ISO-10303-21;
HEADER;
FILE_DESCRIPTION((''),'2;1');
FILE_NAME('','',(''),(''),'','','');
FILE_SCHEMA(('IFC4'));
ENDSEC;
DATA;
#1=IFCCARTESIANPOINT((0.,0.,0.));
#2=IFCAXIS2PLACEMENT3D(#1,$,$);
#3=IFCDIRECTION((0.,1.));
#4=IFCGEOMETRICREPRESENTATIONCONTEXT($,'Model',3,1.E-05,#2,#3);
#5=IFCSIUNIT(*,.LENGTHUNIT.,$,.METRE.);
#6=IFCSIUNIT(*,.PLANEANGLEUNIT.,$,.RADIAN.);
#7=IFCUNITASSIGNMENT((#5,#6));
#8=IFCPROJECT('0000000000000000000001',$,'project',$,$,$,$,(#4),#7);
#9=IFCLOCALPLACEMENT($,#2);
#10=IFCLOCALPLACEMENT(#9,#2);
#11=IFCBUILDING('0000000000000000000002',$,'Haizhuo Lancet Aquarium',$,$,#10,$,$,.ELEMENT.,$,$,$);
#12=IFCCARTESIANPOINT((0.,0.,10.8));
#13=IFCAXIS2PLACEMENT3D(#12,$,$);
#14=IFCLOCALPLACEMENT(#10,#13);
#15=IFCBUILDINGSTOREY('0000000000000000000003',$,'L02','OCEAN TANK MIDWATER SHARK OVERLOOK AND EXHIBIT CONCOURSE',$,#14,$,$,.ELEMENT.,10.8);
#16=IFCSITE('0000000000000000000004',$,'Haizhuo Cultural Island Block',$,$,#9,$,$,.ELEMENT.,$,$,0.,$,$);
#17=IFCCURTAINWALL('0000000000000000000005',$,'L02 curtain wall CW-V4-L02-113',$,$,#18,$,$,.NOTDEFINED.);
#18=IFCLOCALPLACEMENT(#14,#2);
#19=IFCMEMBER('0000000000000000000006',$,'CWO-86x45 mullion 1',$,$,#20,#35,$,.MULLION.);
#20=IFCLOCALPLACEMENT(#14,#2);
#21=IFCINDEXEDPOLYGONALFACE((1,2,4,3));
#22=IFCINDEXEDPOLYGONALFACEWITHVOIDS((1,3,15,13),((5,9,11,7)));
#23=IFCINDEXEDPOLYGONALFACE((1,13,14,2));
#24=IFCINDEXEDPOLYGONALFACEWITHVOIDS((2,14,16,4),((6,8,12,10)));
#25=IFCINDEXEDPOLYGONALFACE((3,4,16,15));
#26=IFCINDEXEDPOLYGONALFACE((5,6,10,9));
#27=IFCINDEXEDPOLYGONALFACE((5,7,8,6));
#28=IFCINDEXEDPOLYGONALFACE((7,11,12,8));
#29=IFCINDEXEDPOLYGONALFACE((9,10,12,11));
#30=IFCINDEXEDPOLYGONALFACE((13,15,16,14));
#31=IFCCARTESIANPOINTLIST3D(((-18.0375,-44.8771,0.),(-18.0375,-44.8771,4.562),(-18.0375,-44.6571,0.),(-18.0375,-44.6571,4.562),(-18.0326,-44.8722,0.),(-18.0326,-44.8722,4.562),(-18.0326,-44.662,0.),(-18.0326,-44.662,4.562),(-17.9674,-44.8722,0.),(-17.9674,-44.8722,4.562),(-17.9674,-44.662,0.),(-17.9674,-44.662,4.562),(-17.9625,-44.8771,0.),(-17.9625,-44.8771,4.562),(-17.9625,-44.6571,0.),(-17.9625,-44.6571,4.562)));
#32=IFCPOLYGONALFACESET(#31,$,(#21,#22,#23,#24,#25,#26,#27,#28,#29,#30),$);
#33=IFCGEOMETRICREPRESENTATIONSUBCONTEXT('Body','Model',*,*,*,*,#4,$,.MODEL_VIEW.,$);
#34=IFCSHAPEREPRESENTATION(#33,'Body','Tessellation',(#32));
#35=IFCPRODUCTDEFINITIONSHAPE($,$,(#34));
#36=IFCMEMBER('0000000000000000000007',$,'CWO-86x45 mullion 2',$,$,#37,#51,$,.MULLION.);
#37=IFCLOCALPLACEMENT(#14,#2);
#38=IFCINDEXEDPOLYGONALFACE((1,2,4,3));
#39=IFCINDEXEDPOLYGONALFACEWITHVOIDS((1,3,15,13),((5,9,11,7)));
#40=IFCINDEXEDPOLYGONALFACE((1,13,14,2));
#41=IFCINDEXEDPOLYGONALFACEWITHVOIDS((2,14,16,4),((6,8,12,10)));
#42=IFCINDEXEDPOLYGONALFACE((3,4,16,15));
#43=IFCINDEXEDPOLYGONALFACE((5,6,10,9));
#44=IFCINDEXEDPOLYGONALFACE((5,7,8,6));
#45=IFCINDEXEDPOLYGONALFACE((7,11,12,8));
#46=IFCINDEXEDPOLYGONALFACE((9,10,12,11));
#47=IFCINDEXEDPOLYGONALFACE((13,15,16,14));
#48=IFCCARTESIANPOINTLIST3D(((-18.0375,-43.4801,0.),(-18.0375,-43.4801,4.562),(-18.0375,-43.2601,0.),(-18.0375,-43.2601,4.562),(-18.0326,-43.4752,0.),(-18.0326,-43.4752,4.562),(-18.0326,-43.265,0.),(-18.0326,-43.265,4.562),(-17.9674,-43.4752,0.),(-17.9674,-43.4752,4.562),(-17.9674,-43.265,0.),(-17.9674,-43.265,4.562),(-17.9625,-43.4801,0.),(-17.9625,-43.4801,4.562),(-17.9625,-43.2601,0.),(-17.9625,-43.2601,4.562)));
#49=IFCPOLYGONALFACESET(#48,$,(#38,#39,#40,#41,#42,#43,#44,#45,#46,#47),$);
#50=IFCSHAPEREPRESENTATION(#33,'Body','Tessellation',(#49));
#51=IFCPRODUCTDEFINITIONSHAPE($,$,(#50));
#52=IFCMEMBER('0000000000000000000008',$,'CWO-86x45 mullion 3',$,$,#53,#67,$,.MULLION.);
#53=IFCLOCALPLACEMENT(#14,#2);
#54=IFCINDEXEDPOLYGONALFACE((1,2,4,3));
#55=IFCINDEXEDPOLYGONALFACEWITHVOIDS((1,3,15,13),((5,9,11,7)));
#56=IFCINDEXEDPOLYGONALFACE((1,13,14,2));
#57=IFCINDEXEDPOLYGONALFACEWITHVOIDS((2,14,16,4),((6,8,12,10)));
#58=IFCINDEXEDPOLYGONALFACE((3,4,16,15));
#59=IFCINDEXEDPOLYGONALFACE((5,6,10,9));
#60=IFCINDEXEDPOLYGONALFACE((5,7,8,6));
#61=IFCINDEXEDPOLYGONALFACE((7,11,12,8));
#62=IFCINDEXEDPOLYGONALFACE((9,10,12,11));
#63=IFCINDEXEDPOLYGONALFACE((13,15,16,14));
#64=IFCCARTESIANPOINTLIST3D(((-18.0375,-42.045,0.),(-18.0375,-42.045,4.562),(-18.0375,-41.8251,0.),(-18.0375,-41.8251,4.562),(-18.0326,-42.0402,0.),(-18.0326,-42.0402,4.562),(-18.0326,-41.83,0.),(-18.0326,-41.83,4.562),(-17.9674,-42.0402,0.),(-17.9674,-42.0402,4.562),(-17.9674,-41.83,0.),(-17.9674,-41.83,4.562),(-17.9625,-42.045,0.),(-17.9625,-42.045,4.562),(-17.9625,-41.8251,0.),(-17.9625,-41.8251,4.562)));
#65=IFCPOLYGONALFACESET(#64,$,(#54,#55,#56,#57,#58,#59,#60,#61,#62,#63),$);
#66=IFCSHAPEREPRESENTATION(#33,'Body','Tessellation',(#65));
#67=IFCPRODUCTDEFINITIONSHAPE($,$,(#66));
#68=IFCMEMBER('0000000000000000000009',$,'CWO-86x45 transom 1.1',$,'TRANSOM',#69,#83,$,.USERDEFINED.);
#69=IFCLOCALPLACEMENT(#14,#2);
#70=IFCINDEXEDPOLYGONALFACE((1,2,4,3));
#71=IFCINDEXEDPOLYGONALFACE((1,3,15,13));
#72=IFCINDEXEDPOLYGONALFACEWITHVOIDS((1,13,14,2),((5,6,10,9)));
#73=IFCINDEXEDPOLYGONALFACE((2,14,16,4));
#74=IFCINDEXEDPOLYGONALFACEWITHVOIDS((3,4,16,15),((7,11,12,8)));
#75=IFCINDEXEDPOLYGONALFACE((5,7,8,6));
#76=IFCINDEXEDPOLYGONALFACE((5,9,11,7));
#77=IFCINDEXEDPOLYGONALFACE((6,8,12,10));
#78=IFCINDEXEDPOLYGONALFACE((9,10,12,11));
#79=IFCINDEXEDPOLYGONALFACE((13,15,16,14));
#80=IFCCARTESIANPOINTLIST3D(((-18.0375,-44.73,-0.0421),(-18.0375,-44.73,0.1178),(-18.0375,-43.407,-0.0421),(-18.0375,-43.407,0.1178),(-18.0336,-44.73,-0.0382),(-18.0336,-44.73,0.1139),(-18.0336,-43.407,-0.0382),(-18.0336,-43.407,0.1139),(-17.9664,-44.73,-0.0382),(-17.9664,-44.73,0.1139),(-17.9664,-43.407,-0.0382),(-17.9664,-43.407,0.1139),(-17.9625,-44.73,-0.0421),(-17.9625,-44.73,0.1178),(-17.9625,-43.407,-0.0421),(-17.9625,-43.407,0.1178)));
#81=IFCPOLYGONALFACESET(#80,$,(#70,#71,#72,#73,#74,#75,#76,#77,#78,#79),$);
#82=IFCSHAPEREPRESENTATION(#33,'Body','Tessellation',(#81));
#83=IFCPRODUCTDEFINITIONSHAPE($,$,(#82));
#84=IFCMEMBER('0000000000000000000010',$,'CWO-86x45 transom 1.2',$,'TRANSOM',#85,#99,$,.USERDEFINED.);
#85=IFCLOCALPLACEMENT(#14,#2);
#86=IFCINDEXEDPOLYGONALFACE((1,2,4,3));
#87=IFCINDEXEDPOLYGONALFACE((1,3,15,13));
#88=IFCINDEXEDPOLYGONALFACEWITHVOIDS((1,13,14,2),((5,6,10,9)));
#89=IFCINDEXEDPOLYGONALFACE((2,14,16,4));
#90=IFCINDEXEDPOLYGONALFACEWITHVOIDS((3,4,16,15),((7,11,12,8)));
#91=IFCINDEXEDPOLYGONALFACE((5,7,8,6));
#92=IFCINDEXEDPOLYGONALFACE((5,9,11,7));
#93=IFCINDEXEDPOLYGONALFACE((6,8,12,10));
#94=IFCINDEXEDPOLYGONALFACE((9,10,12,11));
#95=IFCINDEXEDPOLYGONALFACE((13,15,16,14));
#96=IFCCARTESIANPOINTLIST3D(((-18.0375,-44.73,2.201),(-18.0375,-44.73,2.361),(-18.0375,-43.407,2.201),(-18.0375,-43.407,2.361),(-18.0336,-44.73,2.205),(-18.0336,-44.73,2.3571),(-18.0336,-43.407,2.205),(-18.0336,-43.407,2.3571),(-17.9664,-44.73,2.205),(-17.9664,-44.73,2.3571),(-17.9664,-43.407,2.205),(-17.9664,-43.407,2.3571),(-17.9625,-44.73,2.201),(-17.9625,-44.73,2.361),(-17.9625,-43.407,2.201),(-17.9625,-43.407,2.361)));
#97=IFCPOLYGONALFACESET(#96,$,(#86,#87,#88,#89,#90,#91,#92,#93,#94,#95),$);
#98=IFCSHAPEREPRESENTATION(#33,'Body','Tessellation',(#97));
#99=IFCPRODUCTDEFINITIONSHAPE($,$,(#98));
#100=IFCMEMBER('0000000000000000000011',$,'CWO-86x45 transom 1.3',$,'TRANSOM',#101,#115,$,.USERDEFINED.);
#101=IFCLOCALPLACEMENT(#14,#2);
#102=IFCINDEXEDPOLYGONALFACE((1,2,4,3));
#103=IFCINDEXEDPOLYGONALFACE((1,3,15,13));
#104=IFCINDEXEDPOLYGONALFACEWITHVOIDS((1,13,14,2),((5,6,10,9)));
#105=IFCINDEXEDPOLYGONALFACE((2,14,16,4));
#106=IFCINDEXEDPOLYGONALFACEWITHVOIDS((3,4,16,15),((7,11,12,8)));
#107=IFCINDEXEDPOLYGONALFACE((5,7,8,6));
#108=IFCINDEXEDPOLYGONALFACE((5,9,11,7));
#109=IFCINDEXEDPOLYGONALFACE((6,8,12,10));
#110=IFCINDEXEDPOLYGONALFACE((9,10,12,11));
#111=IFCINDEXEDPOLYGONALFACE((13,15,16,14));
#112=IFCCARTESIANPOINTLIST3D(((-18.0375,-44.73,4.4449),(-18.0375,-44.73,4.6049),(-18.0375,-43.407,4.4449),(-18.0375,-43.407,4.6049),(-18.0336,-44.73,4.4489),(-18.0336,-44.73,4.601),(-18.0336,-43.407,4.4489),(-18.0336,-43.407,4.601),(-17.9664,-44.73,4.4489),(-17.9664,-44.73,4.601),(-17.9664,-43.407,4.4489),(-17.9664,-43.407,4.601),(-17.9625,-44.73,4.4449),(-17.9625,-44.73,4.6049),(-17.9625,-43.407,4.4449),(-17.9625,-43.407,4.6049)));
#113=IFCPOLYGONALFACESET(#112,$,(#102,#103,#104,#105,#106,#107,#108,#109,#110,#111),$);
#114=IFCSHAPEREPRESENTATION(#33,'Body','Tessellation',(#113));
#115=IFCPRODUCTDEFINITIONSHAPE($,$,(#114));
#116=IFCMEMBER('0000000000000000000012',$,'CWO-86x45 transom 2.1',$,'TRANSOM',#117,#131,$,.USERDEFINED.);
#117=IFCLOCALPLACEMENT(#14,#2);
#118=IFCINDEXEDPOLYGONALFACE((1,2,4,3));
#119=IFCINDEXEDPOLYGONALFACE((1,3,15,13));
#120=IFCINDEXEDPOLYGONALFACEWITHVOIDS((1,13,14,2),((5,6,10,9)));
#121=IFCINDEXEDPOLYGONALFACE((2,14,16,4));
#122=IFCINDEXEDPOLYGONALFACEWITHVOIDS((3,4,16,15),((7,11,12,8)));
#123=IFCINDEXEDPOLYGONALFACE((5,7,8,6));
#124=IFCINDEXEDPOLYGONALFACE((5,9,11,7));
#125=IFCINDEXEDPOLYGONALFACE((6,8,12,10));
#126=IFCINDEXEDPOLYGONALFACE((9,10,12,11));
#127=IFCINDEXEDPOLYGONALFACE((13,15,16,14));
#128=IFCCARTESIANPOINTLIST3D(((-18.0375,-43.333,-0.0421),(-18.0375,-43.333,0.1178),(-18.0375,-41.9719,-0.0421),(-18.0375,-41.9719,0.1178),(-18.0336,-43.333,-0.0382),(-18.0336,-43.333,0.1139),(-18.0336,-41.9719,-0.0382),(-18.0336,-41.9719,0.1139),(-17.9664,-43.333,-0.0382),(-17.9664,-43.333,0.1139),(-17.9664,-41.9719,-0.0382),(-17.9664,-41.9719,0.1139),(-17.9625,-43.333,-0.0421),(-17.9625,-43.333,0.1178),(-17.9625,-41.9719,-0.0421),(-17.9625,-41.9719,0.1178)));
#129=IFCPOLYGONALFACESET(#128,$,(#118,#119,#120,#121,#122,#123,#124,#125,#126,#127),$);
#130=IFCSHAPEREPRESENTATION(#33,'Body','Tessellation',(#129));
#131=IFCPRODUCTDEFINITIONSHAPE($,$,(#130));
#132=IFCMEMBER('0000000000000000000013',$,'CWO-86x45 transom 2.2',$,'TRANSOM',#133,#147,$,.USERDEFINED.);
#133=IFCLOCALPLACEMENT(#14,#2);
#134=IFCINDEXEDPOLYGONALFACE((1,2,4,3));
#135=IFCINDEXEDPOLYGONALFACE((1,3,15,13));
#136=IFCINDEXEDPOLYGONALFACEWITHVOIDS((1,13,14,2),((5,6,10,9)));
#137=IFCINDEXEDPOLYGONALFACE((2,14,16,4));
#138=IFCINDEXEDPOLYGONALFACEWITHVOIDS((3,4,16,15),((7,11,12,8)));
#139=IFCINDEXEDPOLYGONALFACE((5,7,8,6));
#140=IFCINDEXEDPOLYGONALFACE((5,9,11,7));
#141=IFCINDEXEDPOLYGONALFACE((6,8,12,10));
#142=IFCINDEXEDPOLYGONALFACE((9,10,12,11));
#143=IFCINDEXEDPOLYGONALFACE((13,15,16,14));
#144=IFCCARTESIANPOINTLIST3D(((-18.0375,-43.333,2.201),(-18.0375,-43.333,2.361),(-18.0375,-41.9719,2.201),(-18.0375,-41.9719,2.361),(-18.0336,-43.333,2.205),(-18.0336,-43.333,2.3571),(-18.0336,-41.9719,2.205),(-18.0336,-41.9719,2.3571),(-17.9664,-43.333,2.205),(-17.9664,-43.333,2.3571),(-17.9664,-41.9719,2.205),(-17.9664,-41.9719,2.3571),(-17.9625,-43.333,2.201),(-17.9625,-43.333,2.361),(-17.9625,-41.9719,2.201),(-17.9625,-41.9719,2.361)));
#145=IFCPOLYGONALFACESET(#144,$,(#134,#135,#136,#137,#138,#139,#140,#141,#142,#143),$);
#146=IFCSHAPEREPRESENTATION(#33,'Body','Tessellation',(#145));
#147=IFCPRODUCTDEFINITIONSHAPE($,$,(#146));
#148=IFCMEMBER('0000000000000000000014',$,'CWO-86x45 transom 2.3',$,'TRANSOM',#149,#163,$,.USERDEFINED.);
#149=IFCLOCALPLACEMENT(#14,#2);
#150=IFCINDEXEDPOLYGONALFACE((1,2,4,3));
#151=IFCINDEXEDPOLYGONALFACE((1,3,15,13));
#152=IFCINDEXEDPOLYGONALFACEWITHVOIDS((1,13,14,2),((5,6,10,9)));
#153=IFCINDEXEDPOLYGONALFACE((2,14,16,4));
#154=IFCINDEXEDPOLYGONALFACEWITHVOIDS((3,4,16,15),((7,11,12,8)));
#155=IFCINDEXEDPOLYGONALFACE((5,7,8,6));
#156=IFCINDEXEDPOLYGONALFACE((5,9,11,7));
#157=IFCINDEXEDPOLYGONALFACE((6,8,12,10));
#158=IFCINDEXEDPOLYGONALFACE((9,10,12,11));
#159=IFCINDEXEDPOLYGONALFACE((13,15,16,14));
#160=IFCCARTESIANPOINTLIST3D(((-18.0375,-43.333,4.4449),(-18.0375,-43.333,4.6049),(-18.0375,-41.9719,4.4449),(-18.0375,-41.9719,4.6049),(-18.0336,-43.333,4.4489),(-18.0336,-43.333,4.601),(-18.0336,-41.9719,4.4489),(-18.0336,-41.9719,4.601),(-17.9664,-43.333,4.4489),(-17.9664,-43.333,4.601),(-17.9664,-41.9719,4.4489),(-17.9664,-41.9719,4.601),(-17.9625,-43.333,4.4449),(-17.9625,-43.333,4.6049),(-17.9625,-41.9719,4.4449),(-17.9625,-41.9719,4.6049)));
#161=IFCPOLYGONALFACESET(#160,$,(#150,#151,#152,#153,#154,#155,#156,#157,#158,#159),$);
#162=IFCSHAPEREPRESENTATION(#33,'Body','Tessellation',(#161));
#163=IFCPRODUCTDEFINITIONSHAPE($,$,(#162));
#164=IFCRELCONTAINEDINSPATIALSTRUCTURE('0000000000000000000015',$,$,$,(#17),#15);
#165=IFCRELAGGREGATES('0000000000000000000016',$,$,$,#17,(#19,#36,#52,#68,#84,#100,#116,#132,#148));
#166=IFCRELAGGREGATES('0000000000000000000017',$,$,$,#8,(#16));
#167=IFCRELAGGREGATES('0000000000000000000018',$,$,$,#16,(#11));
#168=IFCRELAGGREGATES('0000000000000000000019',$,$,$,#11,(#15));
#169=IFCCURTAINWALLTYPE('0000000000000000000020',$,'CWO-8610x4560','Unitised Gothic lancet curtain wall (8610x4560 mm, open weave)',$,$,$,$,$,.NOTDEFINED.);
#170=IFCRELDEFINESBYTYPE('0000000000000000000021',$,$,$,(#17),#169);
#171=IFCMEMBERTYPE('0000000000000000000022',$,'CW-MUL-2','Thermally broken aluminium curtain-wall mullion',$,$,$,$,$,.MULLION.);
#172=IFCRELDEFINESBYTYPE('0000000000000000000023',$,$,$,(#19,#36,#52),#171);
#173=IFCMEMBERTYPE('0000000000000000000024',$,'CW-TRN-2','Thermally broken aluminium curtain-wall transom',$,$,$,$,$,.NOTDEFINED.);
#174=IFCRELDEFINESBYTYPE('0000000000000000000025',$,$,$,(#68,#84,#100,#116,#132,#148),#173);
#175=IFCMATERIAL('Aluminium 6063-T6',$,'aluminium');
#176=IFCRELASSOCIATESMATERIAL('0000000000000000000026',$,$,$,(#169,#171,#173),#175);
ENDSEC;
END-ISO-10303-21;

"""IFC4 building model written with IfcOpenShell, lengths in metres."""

from ifc_helpers import new_model, si_unit, direction, frame, origin, origin_2d, place, context, subcontext, project, spatial, hollow_rectangle, extrude, material, material_profile, profile_set, type_object, element, aggregate, save


model = new_model("IFC4")

# Units and contexts
model_context = context("Model", 3, precision=1e-05, world=origin(), true_north=direction((0.0, 1.0)))
body_context = subcontext(model_context, "Body", "Model", "MODEL_VIEW")
ifc_project = project(units=[si_unit("LENGTHUNIT", "METRE"), si_unit("PLANEANGLEUNIT", "RADIAN")], contexts=[model_context])

# Site, building, storey
site_placement = place(None, origin())
site = spatial("IfcSite", under=ifc_project, at=site_placement, Name="Haizhuo Cultural Island Block", CompositionType="ELEMENT", RefElevation=0.0)
building_placement = place(site_placement, origin())
building = spatial("IfcBuilding", under=site, at=building_placement, Name="Haizhuo Lancet Aquarium", CompositionType="ELEMENT")
storey_placement = place(building_placement, frame((0.0, 0.0, 10.8)))
storey = spatial("IfcBuildingStorey", under=building, at=storey_placement, Name="L02", Description="OCEAN TANK MIDWATER SHARK OVERLOOK AND EXHIBIT CONCOURSE", CompositionType="ELEMENT", Elevation=10.8)

# Curtain wall, members
ifc_material_1 = material(Name="Aluminium 6063-T6", Category="aluminium")
curtain_wall_type = type_object("IfcCurtainWallType", Name="CWO-8610x4560", Description="Unitised Gothic lancet curtain wall (8610x4560 mm, open weave)", PredefinedType="NOTDEFINED", material=ifc_material_1)
curtain_wall_placement = place(storey_placement, origin())
curtain_wall = element("IfcCurtainWall", 1, at=curtain_wall_placement, inside=storey, type_object=curtain_wall_type, Name="L02 curtain wall CW-V4-L02-113", PredefinedType="NOTDEFINED")
ifc_material_profile_1 = material_profile(ifc_material_1, hollow_rectangle(XDim=0.075, YDim=0.22, WallThickness=0.0049, at=origin_2d()), Name="ALU-M 75x220x5")
ifc_profile_set_1 = profile_set([ifc_material_profile_1], Name="Aluminium 6063-T6")
member_type_1 = type_object("IfcMemberType", Name="CW-MUL-2", Description="Thermally broken aluminium curtain-wall mullion", PredefinedType="MULLION", material=ifc_profile_set_1)
member_1_placement = place(storey_placement, frame((-18.0, -44.7671, 0.0), z_axis=(0.0, 0.0, 1.0), x_axis=(-1.0, 0.0, 0.0)))
member_1 = element("IfcMember", 2, at=member_1_placement, type_object=member_type_1, Name="CWO-86x45 mullion 1", PredefinedType="MULLION", context=body_context, shape_type="SweptSolid", body=[
    extrude(hollow_rectangle(XDim=0.075, YDim=0.22, WallThickness=0.0049, at=origin_2d()), origin(), (0.0, 0.0, 1.0), 4.562),
])
member_2_placement = place(storey_placement, frame((-18.0, -43.3701, 0.0), z_axis=(0.0, 0.0, 1.0), x_axis=(-1.0, 0.0, 0.0)))
member_2 = element("IfcMember", 3, at=member_2_placement, type_object=member_type_1, Name="CWO-86x45 mullion 2", PredefinedType="MULLION", context=body_context, shape_type="SweptSolid", body=[
    extrude(hollow_rectangle(XDim=0.075, YDim=0.22, WallThickness=0.0049, at=origin_2d()), origin(), (0.0, 0.0, 1.0), 4.562),
])
member_3_placement = place(storey_placement, frame((-18.0, -41.9351, 0.0), z_axis=(0.0, 0.0, 1.0), x_axis=(-1.0, 0.0, 0.0)))
member_3 = element("IfcMember", 4, at=member_3_placement, type_object=member_type_1, Name="CWO-86x45 mullion 3", PredefinedType="MULLION", context=body_context, shape_type="SweptSolid", body=[
    extrude(hollow_rectangle(XDim=0.075, YDim=0.22, WallThickness=0.0049, at=origin_2d()), origin(), (0.0, 0.0, 1.0), 4.562),
])
ifc_material_profile_2 = material_profile(ifc_material_1, hollow_rectangle(XDim=0.075, YDim=0.1599, WallThickness=0.0039, at=origin_2d()), Name="ALU-T 75x160x4")
ifc_profile_set_2 = profile_set([ifc_material_profile_2], Name="Aluminium 6063-T6")
member_type_2 = type_object("IfcMemberType", Name="CW-TRN-2", Description="Thermally broken aluminium curtain-wall transom", PredefinedType="NOTDEFINED", material=ifc_profile_set_2)
member_4_placement = place(storey_placement, frame((-18.0, -44.73, 0.0378), z_axis=(0.0, 1.0, 0.0), x_axis=(-1.0, 0.0, 0.0)))
member_4 = element("IfcMember", 5, at=member_4_placement, type_object=member_type_2, Name="CWO-86x45 transom 1.1", ObjectType="TRANSOM", PredefinedType="USERDEFINED", context=body_context, shape_type="SweptSolid", body=[
    extrude(hollow_rectangle(XDim=0.075, YDim=0.1599, WallThickness=0.0039, at=origin_2d()), origin(), (0.0, 0.0, 1.0), 1.323),
])
member_5_placement = place(storey_placement, frame((-18.0, -44.73, 2.281), z_axis=(0.0, 1.0, 0.0), x_axis=(-1.0, 0.0, 0.0)))
member_5 = element("IfcMember", 6, at=member_5_placement, type_object=member_type_2, Name="CWO-86x45 transom 1.2", ObjectType="TRANSOM", PredefinedType="USERDEFINED", context=body_context, shape_type="SweptSolid", body=[
    extrude(hollow_rectangle(XDim=0.075, YDim=0.1599, WallThickness=0.0039, at=origin_2d()), origin(), (0.0, 0.0, 1.0), 1.323),
])
member_6_placement = place(storey_placement, frame((-18.0, -44.73, 4.5249), z_axis=(0.0, 1.0, 0.0), x_axis=(-1.0, 0.0, 0.0)))
member_6 = element("IfcMember", 7, at=member_6_placement, type_object=member_type_2, Name="CWO-86x45 transom 1.3", ObjectType="TRANSOM", PredefinedType="USERDEFINED", context=body_context, shape_type="SweptSolid", body=[
    extrude(hollow_rectangle(XDim=0.075, YDim=0.1599, WallThickness=0.0039, at=origin_2d()), origin(), (0.0, 0.0, 1.0), 1.323),
])
member_7_placement = place(storey_placement, frame((-18.0, -43.333, 0.0378), z_axis=(0.0, 1.0, 0.0), x_axis=(-1.0, 0.0, 0.0)))
member_7 = element("IfcMember", 8, at=member_7_placement, type_object=member_type_2, Name="CWO-86x45 transom 2.1", ObjectType="TRANSOM", PredefinedType="USERDEFINED", context=body_context, shape_type="SweptSolid", body=[
    extrude(hollow_rectangle(XDim=0.075, YDim=0.1599, WallThickness=0.0039, at=origin_2d()), origin(), (0.0, 0.0, 1.0), 1.3611),
])
member_8_placement = place(storey_placement, frame((-18.0, -43.333, 2.281), z_axis=(0.0, 1.0, 0.0), x_axis=(-1.0, 0.0, 0.0)))
member_8 = element("IfcMember", 9, at=member_8_placement, type_object=member_type_2, Name="CWO-86x45 transom 2.2", ObjectType="TRANSOM", PredefinedType="USERDEFINED", context=body_context, shape_type="SweptSolid", body=[
    extrude(hollow_rectangle(XDim=0.075, YDim=0.1599, WallThickness=0.0039, at=origin_2d()), origin(), (0.0, 0.0, 1.0), 1.3611),
])
member_9_placement = place(storey_placement, frame((-18.0, -43.333, 4.5249), z_axis=(0.0, 1.0, 0.0), x_axis=(-1.0, 0.0, 0.0)))
member_9 = element("IfcMember", 10, at=member_9_placement, type_object=member_type_2, Name="CWO-86x45 transom 2.3", ObjectType="TRANSOM", PredefinedType="USERDEFINED", context=body_context, shape_type="SweptSolid", body=[
    extrude(hollow_rectangle(XDim=0.075, YDim=0.1599, WallThickness=0.0039, at=origin_2d()), origin(), (0.0, 0.0, 1.0), 1.3611),
])

aggregate(curtain_wall, [member_1, member_2, member_3, member_4, member_5, member_6, member_7, member_8, member_9])

save(model, "model.ifc")
